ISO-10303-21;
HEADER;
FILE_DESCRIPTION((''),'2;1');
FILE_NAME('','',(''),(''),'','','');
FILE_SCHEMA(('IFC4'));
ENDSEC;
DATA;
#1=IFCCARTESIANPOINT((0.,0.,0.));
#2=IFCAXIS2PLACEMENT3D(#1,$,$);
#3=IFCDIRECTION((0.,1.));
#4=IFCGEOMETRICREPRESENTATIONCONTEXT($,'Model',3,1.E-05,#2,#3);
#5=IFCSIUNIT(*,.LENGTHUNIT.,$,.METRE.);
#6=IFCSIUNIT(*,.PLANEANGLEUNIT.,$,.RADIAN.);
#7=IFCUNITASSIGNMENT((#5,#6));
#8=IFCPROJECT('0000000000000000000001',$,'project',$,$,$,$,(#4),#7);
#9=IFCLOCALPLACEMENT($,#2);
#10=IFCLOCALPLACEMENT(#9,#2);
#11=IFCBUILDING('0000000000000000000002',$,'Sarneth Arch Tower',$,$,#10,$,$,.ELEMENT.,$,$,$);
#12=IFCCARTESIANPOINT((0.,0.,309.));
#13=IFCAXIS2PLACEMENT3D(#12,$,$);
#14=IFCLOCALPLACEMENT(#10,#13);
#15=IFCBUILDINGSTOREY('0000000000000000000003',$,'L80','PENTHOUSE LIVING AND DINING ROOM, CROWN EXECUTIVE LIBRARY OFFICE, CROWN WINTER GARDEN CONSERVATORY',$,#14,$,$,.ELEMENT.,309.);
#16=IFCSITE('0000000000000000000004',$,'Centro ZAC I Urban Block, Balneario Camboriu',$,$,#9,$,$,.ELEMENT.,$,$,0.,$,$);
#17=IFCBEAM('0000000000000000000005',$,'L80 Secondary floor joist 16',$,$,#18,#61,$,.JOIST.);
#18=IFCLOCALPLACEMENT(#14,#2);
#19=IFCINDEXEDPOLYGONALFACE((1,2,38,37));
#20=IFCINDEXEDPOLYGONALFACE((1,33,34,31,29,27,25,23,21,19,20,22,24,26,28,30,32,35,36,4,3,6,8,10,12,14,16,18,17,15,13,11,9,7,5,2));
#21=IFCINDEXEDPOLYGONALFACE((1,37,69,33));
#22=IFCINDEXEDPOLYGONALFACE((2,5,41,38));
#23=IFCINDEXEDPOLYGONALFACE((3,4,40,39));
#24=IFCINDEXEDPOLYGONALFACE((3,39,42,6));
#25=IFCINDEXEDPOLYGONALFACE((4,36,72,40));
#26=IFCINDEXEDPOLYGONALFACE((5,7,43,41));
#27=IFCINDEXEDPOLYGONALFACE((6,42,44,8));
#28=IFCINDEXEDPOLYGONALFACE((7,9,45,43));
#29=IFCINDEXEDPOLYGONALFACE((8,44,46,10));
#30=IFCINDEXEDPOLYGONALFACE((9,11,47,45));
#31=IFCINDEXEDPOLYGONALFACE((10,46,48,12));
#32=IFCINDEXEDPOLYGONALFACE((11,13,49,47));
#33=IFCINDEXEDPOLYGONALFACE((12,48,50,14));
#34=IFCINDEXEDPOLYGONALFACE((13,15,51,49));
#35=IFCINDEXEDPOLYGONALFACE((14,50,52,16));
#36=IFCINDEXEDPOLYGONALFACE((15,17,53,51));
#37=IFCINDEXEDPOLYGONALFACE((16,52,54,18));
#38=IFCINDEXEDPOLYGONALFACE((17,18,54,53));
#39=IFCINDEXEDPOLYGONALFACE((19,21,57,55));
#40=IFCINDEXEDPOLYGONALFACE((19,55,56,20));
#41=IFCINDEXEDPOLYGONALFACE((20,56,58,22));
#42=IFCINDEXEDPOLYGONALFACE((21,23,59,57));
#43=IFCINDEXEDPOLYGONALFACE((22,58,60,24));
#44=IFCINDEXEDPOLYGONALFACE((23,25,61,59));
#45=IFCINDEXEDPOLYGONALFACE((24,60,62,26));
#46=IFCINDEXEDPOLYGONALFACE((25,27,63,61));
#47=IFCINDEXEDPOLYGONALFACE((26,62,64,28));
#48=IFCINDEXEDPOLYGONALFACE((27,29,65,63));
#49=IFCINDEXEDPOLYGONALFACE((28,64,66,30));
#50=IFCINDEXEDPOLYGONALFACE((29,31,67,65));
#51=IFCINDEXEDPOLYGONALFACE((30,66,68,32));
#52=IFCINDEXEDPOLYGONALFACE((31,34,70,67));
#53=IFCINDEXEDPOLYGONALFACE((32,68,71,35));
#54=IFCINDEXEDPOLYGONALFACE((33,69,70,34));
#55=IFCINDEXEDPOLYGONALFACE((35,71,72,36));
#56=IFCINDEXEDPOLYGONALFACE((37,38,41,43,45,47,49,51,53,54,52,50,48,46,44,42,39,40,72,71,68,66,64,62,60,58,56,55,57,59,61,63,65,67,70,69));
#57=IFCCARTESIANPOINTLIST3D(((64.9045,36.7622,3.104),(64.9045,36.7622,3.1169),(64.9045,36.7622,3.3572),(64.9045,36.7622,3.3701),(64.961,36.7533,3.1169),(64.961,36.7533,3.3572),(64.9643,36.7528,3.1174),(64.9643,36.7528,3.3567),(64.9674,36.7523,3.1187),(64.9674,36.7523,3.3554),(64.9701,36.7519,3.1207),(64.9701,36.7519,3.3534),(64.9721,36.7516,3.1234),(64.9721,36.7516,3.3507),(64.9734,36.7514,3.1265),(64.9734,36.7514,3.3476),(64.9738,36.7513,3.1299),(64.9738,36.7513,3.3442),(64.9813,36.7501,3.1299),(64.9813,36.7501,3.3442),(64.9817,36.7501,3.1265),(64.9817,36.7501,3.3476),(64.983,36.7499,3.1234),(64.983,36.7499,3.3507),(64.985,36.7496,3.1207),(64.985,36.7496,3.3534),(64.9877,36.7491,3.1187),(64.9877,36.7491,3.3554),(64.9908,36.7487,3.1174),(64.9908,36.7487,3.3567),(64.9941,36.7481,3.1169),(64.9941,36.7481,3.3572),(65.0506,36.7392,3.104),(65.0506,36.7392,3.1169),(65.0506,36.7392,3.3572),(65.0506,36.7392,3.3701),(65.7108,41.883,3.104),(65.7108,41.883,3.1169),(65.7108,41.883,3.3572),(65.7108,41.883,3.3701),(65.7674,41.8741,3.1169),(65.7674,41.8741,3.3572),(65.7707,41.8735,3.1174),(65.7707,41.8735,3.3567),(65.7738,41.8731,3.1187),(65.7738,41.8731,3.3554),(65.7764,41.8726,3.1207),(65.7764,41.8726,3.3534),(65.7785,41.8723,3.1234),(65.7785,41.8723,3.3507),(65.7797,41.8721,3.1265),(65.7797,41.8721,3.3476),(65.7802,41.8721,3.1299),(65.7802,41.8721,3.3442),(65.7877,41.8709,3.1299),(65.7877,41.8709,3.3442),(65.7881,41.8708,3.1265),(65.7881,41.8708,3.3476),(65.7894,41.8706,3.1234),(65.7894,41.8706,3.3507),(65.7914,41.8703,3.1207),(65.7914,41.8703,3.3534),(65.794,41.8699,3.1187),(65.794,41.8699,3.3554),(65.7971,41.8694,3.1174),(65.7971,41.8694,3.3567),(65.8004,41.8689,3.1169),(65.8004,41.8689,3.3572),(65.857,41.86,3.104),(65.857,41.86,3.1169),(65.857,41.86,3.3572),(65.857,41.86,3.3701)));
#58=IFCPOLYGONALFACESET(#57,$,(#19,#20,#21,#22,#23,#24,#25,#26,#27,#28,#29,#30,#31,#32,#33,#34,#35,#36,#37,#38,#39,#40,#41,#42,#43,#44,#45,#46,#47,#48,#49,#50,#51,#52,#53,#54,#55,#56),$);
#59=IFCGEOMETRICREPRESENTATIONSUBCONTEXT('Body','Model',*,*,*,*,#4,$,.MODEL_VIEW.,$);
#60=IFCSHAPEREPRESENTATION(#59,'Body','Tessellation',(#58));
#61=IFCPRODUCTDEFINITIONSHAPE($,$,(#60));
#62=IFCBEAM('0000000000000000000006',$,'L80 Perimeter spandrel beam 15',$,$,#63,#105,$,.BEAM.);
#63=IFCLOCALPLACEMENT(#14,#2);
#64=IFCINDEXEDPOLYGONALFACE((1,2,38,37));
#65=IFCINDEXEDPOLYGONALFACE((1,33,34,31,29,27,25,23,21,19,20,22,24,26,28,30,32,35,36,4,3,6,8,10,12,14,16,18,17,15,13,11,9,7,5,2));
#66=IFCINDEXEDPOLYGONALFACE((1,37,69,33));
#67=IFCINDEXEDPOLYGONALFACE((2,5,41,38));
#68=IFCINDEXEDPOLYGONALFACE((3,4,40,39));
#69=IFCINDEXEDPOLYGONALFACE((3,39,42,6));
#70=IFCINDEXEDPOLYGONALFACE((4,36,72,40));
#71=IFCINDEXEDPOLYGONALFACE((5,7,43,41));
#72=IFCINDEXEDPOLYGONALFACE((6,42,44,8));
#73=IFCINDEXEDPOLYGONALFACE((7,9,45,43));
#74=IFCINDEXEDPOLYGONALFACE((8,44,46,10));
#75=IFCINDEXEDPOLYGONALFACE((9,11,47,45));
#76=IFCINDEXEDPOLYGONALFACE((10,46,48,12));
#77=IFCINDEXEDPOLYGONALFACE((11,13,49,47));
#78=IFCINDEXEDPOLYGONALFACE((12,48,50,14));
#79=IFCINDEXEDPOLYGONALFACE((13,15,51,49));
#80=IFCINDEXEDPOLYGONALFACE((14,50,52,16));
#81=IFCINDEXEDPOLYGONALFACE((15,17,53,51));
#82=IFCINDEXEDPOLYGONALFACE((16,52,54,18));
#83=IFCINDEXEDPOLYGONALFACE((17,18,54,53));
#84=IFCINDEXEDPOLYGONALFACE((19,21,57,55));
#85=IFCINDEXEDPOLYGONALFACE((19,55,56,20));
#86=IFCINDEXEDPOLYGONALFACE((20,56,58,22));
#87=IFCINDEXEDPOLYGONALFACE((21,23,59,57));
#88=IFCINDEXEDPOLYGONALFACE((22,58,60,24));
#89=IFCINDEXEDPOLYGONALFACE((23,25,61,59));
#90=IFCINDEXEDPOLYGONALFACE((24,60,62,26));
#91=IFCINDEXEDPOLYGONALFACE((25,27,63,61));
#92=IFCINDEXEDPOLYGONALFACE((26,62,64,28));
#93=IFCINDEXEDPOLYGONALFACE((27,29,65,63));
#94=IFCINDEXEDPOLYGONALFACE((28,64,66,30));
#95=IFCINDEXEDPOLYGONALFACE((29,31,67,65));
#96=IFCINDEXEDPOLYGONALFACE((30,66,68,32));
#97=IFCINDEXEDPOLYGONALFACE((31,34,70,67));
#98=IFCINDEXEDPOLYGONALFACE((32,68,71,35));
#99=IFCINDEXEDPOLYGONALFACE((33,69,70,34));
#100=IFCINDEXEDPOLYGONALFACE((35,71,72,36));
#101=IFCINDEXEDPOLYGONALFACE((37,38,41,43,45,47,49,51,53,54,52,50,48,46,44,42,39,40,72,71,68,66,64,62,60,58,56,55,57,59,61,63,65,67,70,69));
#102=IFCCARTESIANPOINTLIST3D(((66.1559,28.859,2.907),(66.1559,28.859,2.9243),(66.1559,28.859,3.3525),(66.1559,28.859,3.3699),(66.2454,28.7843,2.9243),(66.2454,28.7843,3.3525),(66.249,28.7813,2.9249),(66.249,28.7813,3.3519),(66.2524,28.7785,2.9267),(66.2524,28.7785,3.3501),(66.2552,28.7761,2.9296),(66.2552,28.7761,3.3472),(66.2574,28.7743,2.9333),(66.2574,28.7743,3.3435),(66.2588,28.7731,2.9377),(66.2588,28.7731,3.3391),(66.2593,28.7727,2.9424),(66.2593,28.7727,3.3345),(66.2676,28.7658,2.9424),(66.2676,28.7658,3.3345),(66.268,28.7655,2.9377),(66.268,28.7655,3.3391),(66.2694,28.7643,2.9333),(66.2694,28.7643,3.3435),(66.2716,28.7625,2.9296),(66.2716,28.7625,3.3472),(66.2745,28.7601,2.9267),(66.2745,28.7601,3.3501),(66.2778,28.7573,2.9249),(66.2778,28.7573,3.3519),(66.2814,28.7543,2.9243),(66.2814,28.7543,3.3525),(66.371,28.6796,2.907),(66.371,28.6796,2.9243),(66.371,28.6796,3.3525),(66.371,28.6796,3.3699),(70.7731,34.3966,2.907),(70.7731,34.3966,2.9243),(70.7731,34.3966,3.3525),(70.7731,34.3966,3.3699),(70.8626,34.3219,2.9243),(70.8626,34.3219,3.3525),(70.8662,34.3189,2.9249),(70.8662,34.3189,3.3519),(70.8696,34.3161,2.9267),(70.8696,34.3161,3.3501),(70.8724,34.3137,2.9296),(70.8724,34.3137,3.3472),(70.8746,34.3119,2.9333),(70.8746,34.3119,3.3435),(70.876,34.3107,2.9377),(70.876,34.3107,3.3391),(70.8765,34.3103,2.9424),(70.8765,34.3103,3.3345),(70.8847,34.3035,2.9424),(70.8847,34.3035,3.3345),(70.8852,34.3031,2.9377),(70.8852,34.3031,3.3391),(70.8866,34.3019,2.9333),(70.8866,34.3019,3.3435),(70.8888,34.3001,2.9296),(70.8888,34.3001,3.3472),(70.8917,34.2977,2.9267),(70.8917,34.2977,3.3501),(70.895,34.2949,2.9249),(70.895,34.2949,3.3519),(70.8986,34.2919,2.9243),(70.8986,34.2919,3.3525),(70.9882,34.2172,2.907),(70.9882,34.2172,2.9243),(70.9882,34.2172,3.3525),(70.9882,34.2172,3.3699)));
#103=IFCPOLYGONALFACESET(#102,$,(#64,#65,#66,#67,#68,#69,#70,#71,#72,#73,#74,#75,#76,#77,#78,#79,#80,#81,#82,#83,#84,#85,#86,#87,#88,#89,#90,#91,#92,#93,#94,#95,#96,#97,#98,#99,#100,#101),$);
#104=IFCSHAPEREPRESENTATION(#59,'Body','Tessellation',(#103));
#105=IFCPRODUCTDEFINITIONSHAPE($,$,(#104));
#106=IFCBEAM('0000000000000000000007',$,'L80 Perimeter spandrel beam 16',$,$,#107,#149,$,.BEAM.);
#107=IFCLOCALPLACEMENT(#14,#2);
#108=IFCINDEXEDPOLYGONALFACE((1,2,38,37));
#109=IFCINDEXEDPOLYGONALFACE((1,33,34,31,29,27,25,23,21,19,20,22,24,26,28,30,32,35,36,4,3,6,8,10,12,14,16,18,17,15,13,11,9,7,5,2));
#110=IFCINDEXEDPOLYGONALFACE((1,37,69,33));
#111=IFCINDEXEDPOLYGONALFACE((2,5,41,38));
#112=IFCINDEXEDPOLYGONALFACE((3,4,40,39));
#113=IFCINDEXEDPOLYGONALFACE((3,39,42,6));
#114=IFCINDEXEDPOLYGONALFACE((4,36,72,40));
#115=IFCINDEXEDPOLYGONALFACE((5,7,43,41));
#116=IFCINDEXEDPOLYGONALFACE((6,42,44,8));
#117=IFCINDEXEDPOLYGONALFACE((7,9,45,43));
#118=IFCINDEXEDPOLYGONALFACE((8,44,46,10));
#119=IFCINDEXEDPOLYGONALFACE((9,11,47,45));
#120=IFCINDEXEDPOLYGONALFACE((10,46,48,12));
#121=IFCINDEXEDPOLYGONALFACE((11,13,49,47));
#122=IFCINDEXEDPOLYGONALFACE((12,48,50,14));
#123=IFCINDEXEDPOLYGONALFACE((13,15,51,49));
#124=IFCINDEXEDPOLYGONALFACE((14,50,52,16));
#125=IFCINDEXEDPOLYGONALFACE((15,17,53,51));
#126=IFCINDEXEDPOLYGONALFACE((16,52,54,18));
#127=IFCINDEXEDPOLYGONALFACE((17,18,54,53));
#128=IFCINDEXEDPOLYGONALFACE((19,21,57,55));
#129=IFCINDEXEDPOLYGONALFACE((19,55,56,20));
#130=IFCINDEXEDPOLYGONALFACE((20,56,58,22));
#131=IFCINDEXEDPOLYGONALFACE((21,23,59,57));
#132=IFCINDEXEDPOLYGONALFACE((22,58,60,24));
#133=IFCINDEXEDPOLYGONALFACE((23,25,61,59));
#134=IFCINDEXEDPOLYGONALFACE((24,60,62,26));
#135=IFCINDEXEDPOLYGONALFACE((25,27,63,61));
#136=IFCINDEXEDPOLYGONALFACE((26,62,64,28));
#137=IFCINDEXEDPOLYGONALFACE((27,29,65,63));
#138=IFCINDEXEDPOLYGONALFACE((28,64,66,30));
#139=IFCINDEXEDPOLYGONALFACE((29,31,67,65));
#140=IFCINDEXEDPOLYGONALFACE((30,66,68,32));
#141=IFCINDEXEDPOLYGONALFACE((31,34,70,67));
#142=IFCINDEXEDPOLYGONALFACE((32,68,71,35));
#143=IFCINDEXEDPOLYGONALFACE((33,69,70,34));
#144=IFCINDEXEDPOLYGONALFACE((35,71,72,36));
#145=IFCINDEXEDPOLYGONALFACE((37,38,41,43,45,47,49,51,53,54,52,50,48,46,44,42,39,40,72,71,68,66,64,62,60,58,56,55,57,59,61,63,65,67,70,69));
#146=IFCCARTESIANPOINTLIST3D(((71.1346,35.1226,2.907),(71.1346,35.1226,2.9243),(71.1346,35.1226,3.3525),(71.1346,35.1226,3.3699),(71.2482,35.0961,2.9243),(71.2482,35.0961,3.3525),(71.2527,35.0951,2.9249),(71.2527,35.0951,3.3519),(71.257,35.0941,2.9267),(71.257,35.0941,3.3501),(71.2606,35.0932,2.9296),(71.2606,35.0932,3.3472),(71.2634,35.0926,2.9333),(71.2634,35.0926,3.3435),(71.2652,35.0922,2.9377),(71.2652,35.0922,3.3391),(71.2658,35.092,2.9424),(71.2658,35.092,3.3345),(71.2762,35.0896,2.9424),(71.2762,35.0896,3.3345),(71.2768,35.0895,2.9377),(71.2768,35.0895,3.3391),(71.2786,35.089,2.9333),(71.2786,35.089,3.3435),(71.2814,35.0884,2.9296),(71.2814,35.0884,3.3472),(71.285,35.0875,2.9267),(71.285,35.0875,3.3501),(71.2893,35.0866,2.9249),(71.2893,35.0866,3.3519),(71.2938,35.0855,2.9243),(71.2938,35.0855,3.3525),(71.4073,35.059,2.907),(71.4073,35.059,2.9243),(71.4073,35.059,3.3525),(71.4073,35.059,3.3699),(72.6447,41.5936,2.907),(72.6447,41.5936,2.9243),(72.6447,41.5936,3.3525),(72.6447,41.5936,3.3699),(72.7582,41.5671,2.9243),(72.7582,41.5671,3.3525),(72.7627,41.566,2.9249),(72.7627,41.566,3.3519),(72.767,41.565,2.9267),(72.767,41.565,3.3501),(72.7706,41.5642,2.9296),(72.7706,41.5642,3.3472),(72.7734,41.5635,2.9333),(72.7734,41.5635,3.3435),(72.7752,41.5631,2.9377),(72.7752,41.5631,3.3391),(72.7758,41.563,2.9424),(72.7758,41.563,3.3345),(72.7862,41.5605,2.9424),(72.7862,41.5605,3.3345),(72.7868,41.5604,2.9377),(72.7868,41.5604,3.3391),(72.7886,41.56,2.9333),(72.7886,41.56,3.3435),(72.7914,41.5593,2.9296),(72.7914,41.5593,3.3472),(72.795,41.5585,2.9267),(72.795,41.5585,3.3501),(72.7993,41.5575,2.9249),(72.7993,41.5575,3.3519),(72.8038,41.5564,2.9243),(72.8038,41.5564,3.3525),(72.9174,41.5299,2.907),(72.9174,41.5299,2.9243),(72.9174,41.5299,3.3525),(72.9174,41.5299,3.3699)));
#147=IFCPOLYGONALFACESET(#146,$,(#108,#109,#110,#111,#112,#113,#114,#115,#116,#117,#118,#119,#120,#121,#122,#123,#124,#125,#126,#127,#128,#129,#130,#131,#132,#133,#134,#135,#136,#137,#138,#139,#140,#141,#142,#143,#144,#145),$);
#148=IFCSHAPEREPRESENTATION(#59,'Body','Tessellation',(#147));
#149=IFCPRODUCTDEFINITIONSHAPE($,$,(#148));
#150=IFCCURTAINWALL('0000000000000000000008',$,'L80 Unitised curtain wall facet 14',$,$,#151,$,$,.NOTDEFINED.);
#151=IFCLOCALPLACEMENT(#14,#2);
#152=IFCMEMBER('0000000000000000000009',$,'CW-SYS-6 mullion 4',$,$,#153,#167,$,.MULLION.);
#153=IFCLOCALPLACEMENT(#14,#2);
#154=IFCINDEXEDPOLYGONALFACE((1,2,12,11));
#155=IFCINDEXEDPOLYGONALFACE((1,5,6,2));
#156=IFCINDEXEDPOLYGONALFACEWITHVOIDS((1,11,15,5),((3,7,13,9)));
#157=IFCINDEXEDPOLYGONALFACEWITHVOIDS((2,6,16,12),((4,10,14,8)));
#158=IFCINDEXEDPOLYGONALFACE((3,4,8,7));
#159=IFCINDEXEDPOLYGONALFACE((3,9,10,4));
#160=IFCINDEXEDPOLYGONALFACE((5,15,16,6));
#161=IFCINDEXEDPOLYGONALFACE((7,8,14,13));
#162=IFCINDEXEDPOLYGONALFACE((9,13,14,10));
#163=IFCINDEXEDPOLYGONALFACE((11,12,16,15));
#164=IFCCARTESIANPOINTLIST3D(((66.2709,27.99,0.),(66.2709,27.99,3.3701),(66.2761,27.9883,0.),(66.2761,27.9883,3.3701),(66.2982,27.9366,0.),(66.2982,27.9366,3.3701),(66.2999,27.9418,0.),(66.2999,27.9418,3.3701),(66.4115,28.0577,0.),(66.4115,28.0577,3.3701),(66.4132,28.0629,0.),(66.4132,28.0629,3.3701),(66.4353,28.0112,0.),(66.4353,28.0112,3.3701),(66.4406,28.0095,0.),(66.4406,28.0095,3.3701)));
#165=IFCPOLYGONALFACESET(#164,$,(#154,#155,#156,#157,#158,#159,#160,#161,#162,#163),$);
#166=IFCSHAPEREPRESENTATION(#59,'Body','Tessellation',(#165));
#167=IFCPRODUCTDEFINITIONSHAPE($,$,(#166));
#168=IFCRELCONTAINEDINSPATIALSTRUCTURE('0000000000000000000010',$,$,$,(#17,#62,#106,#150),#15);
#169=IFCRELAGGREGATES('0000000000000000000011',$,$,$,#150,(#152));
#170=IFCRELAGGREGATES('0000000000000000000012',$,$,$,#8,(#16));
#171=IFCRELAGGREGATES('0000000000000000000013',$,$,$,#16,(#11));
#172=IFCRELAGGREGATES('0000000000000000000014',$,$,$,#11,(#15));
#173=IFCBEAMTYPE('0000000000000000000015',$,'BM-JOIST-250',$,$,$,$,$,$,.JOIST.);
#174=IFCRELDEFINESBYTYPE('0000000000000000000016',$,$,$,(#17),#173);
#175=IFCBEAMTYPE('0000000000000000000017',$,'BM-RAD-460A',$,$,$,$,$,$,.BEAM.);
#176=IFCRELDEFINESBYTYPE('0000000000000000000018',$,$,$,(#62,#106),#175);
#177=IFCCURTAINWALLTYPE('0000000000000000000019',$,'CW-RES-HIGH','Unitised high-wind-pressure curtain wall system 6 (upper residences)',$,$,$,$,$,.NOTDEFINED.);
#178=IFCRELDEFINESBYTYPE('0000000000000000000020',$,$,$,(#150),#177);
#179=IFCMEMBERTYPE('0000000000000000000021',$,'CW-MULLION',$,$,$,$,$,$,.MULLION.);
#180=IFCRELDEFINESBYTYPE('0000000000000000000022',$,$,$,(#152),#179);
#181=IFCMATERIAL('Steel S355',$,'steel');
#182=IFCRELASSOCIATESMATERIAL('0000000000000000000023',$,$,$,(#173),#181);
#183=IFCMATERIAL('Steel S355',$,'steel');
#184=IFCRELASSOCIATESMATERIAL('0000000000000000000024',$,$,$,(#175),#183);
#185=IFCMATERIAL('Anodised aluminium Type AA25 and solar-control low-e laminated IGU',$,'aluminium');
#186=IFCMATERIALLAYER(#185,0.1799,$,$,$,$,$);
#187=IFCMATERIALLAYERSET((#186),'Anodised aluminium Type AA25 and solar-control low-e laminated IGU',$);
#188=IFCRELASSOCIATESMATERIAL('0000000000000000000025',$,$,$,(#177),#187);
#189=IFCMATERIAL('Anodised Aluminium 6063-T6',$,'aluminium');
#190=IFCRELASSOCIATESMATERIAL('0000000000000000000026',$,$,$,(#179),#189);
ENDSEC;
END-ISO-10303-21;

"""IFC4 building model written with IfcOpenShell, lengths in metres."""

from ifc_helpers import new_model, si_unit, direction, frame, origin, origin_2d, place, context, subcontext, project, spatial, hollow_rectangle, i_section, extrude, material, layer, layer_set, material_profile, profile_set, type_object, element, aggregate, save


model = new_model("IFC4")

# Units and contexts
model_context = context("Model", 3, precision=1e-05, world=origin(), true_north=direction((0.0, 1.0)))
body_context = subcontext(model_context, "Body", "Model", "MODEL_VIEW")
ifc_project = project(units=[si_unit("LENGTHUNIT", "METRE"), si_unit("PLANEANGLEUNIT", "RADIAN")], contexts=[model_context])

# Site, building, storey
site_placement = place(None, origin())
site = spatial("IfcSite", under=ifc_project, at=site_placement, Name="Centro ZAC I Urban Block, Balneario Camboriu", CompositionType="ELEMENT", RefElevation=0.0)
building_placement = place(site_placement, origin())
building = spatial("IfcBuilding", under=site, at=building_placement, Name="Sarneth Arch Tower", CompositionType="ELEMENT")
storey_placement = place(building_placement, frame((0.0, 0.0, 309.0)))
storey = spatial("IfcBuildingStorey", under=building, at=storey_placement, Name="L80", Description="PENTHOUSE LIVING AND DINING ROOM, CROWN EXECUTIVE LIBRARY OFFICE, CROWN WINTER GARDEN CONSERVATORY", CompositionType="ELEMENT", Elevation=309.0)

# Beams
ifc_material_1 = material(Name="Steel S355", Category="steel")
ifc_material_profile_1 = material_profile(ifc_material_1, i_section(OverallWidth=0.1479, OverallDepth=0.2661, WebThickness=0.0076, FlangeThickness=0.0129, FilletRadius=0.0129, at=origin_2d()), Name="W250x44.8")
ifc_profile_set_1 = profile_set([ifc_material_profile_1], Name="Steel S355")
beam_type_1 = type_object("IfcBeamType", Name="BM-JOIST-250", PredefinedType="JOIST", material=ifc_profile_set_1)
beam_1_placement = place(storey_placement, frame((64.9775, 36.7507, 3.2371), z_axis=(0.155556, 0.987827, 0.0), x_axis=(-0.987827, 0.155556, 0.0)))
element("IfcBeam", 1, at=beam_1_placement, inside=storey, type_object=beam_type_1, Name="L80 Secondary floor joist 16", PredefinedType="JOIST", context=body_context, shape_type="SweptSolid", body=[
    extrude(i_section(OverallWidth=0.1479, OverallDepth=0.2661, WebThickness=0.0076, FlangeThickness=0.0129, FilletRadius=0.0129, at=origin_2d()), origin(), (0.0, 0.0, 1.0), 5.1838),
])
ifc_material_2 = material(Name="Steel S355", Category="steel")
ifc_material_profile_2 = material_profile(ifc_material_2, i_section(OverallWidth=0.28, OverallDepth=0.4629, WebThickness=0.0107, FlangeThickness=0.0173, FilletRadius=0.0181, at=origin_2d()), Name="W460x113")
ifc_profile_set_2 = profile_set([ifc_material_profile_2], Name="Steel S355")
beam_type_2 = type_object("IfcBeamType", Name="BM-RAD-460A", PredefinedType="BEAM", material=ifc_profile_set_2)
beam_2_placement = place(storey_placement, frame((66.2634, 28.7693, 3.1384), z_axis=(0.640391, 0.768049, 0.0), x_axis=(-0.768049, 0.640391, 0.0)))
element("IfcBeam", 2, at=beam_2_placement, inside=storey, type_object=beam_type_2, Name="L80 Perimeter spandrel beam 15", PredefinedType="BEAM", context=body_context, shape_type="SweptSolid", body=[
    extrude(i_section(OverallWidth=0.28, OverallDepth=0.4629, WebThickness=0.0107, FlangeThickness=0.0173, FilletRadius=0.0181, at=origin_2d()), origin(), (0.0, 0.0, 1.0), 7.21),
])
beam_3_placement = place(storey_placement, frame((71.271, 35.0908, 3.1384), z_axis=(0.227247, 0.973837, 0.0), x_axis=(-0.973837, 0.227247, 0.0)))
element("IfcBeam", 3, at=beam_3_placement, inside=storey, type_object=beam_type_2, Name="L80 Perimeter spandrel beam 16", PredefinedType="BEAM", context=body_context, shape_type="SweptSolid", body=[
    extrude(i_section(OverallWidth=0.28, OverallDepth=0.4629, WebThickness=0.0107, FlangeThickness=0.0173, FilletRadius=0.0181, at=origin_2d()), origin(), (0.0, 0.0, 1.0), 6.6448),
])

# Curtain wall, member
ifc_material_3 = material(Name="Anodised aluminium Type AA25 and solar-control low-e laminated IGU", Category="aluminium")
ifc_layer_1 = layer(ifc_material_3, 0.1799)
ifc_layer_set_1 = layer_set([ifc_layer_1], Name="Anodised aluminium Type AA25 and solar-control low-e laminated IGU")
curtain_wall_type = type_object("IfcCurtainWallType", Name="CW-RES-HIGH", Description="Unitised high-wind-pressure curtain wall system 6 (upper residences)", PredefinedType="NOTDEFINED", material=ifc_layer_set_1)
curtain_wall_placement = place(storey_placement, origin())
curtain_wall = element("IfcCurtainWall", 4, at=curtain_wall_placement, inside=storey, type_object=curtain_wall_type, Name="L80 Unitised curtain wall facet 14", PredefinedType="NOTDEFINED")
ifc_material_4 = material(Name="Anodised Aluminium 6063-T6", Category="aluminium")
ifc_material_profile_3 = material_profile(ifc_material_4, hollow_rectangle(XDim=0.0601, YDim=0.1599, WallThickness=0.0039, at=origin_2d()), Name="AL-MULL-160x60x4")
ifc_profile_set_3 = profile_set([ifc_material_profile_3], Name="Anodised Aluminium 6063-T6")
member_type_1 = type_object("IfcMemberType", Name="CW-MULLION", PredefinedType="MULLION", material=ifc_profile_set_3)
member_1_placement = place(storey_placement, frame((66.3557, 27.9998, 0.0), z_axis=(0.0, 0.0, 1.0), x_axis=(-0.455942, 0.89001, 0.0)))
member_1 = element("IfcMember", 5, at=member_1_placement, type_object=member_type_1, Name="CW-SYS-6 mullion 4", PredefinedType="MULLION", context=body_context, shape_type="SweptSolid", body=[
    extrude(hollow_rectangle(XDim=0.0601, YDim=0.1599, WallThickness=0.0039, at=origin_2d()), origin(), (0.0, 0.0, 1.0), 3.3701),
])

aggregate(curtain_wall, [member_1])

save(model, "model.ifc")
